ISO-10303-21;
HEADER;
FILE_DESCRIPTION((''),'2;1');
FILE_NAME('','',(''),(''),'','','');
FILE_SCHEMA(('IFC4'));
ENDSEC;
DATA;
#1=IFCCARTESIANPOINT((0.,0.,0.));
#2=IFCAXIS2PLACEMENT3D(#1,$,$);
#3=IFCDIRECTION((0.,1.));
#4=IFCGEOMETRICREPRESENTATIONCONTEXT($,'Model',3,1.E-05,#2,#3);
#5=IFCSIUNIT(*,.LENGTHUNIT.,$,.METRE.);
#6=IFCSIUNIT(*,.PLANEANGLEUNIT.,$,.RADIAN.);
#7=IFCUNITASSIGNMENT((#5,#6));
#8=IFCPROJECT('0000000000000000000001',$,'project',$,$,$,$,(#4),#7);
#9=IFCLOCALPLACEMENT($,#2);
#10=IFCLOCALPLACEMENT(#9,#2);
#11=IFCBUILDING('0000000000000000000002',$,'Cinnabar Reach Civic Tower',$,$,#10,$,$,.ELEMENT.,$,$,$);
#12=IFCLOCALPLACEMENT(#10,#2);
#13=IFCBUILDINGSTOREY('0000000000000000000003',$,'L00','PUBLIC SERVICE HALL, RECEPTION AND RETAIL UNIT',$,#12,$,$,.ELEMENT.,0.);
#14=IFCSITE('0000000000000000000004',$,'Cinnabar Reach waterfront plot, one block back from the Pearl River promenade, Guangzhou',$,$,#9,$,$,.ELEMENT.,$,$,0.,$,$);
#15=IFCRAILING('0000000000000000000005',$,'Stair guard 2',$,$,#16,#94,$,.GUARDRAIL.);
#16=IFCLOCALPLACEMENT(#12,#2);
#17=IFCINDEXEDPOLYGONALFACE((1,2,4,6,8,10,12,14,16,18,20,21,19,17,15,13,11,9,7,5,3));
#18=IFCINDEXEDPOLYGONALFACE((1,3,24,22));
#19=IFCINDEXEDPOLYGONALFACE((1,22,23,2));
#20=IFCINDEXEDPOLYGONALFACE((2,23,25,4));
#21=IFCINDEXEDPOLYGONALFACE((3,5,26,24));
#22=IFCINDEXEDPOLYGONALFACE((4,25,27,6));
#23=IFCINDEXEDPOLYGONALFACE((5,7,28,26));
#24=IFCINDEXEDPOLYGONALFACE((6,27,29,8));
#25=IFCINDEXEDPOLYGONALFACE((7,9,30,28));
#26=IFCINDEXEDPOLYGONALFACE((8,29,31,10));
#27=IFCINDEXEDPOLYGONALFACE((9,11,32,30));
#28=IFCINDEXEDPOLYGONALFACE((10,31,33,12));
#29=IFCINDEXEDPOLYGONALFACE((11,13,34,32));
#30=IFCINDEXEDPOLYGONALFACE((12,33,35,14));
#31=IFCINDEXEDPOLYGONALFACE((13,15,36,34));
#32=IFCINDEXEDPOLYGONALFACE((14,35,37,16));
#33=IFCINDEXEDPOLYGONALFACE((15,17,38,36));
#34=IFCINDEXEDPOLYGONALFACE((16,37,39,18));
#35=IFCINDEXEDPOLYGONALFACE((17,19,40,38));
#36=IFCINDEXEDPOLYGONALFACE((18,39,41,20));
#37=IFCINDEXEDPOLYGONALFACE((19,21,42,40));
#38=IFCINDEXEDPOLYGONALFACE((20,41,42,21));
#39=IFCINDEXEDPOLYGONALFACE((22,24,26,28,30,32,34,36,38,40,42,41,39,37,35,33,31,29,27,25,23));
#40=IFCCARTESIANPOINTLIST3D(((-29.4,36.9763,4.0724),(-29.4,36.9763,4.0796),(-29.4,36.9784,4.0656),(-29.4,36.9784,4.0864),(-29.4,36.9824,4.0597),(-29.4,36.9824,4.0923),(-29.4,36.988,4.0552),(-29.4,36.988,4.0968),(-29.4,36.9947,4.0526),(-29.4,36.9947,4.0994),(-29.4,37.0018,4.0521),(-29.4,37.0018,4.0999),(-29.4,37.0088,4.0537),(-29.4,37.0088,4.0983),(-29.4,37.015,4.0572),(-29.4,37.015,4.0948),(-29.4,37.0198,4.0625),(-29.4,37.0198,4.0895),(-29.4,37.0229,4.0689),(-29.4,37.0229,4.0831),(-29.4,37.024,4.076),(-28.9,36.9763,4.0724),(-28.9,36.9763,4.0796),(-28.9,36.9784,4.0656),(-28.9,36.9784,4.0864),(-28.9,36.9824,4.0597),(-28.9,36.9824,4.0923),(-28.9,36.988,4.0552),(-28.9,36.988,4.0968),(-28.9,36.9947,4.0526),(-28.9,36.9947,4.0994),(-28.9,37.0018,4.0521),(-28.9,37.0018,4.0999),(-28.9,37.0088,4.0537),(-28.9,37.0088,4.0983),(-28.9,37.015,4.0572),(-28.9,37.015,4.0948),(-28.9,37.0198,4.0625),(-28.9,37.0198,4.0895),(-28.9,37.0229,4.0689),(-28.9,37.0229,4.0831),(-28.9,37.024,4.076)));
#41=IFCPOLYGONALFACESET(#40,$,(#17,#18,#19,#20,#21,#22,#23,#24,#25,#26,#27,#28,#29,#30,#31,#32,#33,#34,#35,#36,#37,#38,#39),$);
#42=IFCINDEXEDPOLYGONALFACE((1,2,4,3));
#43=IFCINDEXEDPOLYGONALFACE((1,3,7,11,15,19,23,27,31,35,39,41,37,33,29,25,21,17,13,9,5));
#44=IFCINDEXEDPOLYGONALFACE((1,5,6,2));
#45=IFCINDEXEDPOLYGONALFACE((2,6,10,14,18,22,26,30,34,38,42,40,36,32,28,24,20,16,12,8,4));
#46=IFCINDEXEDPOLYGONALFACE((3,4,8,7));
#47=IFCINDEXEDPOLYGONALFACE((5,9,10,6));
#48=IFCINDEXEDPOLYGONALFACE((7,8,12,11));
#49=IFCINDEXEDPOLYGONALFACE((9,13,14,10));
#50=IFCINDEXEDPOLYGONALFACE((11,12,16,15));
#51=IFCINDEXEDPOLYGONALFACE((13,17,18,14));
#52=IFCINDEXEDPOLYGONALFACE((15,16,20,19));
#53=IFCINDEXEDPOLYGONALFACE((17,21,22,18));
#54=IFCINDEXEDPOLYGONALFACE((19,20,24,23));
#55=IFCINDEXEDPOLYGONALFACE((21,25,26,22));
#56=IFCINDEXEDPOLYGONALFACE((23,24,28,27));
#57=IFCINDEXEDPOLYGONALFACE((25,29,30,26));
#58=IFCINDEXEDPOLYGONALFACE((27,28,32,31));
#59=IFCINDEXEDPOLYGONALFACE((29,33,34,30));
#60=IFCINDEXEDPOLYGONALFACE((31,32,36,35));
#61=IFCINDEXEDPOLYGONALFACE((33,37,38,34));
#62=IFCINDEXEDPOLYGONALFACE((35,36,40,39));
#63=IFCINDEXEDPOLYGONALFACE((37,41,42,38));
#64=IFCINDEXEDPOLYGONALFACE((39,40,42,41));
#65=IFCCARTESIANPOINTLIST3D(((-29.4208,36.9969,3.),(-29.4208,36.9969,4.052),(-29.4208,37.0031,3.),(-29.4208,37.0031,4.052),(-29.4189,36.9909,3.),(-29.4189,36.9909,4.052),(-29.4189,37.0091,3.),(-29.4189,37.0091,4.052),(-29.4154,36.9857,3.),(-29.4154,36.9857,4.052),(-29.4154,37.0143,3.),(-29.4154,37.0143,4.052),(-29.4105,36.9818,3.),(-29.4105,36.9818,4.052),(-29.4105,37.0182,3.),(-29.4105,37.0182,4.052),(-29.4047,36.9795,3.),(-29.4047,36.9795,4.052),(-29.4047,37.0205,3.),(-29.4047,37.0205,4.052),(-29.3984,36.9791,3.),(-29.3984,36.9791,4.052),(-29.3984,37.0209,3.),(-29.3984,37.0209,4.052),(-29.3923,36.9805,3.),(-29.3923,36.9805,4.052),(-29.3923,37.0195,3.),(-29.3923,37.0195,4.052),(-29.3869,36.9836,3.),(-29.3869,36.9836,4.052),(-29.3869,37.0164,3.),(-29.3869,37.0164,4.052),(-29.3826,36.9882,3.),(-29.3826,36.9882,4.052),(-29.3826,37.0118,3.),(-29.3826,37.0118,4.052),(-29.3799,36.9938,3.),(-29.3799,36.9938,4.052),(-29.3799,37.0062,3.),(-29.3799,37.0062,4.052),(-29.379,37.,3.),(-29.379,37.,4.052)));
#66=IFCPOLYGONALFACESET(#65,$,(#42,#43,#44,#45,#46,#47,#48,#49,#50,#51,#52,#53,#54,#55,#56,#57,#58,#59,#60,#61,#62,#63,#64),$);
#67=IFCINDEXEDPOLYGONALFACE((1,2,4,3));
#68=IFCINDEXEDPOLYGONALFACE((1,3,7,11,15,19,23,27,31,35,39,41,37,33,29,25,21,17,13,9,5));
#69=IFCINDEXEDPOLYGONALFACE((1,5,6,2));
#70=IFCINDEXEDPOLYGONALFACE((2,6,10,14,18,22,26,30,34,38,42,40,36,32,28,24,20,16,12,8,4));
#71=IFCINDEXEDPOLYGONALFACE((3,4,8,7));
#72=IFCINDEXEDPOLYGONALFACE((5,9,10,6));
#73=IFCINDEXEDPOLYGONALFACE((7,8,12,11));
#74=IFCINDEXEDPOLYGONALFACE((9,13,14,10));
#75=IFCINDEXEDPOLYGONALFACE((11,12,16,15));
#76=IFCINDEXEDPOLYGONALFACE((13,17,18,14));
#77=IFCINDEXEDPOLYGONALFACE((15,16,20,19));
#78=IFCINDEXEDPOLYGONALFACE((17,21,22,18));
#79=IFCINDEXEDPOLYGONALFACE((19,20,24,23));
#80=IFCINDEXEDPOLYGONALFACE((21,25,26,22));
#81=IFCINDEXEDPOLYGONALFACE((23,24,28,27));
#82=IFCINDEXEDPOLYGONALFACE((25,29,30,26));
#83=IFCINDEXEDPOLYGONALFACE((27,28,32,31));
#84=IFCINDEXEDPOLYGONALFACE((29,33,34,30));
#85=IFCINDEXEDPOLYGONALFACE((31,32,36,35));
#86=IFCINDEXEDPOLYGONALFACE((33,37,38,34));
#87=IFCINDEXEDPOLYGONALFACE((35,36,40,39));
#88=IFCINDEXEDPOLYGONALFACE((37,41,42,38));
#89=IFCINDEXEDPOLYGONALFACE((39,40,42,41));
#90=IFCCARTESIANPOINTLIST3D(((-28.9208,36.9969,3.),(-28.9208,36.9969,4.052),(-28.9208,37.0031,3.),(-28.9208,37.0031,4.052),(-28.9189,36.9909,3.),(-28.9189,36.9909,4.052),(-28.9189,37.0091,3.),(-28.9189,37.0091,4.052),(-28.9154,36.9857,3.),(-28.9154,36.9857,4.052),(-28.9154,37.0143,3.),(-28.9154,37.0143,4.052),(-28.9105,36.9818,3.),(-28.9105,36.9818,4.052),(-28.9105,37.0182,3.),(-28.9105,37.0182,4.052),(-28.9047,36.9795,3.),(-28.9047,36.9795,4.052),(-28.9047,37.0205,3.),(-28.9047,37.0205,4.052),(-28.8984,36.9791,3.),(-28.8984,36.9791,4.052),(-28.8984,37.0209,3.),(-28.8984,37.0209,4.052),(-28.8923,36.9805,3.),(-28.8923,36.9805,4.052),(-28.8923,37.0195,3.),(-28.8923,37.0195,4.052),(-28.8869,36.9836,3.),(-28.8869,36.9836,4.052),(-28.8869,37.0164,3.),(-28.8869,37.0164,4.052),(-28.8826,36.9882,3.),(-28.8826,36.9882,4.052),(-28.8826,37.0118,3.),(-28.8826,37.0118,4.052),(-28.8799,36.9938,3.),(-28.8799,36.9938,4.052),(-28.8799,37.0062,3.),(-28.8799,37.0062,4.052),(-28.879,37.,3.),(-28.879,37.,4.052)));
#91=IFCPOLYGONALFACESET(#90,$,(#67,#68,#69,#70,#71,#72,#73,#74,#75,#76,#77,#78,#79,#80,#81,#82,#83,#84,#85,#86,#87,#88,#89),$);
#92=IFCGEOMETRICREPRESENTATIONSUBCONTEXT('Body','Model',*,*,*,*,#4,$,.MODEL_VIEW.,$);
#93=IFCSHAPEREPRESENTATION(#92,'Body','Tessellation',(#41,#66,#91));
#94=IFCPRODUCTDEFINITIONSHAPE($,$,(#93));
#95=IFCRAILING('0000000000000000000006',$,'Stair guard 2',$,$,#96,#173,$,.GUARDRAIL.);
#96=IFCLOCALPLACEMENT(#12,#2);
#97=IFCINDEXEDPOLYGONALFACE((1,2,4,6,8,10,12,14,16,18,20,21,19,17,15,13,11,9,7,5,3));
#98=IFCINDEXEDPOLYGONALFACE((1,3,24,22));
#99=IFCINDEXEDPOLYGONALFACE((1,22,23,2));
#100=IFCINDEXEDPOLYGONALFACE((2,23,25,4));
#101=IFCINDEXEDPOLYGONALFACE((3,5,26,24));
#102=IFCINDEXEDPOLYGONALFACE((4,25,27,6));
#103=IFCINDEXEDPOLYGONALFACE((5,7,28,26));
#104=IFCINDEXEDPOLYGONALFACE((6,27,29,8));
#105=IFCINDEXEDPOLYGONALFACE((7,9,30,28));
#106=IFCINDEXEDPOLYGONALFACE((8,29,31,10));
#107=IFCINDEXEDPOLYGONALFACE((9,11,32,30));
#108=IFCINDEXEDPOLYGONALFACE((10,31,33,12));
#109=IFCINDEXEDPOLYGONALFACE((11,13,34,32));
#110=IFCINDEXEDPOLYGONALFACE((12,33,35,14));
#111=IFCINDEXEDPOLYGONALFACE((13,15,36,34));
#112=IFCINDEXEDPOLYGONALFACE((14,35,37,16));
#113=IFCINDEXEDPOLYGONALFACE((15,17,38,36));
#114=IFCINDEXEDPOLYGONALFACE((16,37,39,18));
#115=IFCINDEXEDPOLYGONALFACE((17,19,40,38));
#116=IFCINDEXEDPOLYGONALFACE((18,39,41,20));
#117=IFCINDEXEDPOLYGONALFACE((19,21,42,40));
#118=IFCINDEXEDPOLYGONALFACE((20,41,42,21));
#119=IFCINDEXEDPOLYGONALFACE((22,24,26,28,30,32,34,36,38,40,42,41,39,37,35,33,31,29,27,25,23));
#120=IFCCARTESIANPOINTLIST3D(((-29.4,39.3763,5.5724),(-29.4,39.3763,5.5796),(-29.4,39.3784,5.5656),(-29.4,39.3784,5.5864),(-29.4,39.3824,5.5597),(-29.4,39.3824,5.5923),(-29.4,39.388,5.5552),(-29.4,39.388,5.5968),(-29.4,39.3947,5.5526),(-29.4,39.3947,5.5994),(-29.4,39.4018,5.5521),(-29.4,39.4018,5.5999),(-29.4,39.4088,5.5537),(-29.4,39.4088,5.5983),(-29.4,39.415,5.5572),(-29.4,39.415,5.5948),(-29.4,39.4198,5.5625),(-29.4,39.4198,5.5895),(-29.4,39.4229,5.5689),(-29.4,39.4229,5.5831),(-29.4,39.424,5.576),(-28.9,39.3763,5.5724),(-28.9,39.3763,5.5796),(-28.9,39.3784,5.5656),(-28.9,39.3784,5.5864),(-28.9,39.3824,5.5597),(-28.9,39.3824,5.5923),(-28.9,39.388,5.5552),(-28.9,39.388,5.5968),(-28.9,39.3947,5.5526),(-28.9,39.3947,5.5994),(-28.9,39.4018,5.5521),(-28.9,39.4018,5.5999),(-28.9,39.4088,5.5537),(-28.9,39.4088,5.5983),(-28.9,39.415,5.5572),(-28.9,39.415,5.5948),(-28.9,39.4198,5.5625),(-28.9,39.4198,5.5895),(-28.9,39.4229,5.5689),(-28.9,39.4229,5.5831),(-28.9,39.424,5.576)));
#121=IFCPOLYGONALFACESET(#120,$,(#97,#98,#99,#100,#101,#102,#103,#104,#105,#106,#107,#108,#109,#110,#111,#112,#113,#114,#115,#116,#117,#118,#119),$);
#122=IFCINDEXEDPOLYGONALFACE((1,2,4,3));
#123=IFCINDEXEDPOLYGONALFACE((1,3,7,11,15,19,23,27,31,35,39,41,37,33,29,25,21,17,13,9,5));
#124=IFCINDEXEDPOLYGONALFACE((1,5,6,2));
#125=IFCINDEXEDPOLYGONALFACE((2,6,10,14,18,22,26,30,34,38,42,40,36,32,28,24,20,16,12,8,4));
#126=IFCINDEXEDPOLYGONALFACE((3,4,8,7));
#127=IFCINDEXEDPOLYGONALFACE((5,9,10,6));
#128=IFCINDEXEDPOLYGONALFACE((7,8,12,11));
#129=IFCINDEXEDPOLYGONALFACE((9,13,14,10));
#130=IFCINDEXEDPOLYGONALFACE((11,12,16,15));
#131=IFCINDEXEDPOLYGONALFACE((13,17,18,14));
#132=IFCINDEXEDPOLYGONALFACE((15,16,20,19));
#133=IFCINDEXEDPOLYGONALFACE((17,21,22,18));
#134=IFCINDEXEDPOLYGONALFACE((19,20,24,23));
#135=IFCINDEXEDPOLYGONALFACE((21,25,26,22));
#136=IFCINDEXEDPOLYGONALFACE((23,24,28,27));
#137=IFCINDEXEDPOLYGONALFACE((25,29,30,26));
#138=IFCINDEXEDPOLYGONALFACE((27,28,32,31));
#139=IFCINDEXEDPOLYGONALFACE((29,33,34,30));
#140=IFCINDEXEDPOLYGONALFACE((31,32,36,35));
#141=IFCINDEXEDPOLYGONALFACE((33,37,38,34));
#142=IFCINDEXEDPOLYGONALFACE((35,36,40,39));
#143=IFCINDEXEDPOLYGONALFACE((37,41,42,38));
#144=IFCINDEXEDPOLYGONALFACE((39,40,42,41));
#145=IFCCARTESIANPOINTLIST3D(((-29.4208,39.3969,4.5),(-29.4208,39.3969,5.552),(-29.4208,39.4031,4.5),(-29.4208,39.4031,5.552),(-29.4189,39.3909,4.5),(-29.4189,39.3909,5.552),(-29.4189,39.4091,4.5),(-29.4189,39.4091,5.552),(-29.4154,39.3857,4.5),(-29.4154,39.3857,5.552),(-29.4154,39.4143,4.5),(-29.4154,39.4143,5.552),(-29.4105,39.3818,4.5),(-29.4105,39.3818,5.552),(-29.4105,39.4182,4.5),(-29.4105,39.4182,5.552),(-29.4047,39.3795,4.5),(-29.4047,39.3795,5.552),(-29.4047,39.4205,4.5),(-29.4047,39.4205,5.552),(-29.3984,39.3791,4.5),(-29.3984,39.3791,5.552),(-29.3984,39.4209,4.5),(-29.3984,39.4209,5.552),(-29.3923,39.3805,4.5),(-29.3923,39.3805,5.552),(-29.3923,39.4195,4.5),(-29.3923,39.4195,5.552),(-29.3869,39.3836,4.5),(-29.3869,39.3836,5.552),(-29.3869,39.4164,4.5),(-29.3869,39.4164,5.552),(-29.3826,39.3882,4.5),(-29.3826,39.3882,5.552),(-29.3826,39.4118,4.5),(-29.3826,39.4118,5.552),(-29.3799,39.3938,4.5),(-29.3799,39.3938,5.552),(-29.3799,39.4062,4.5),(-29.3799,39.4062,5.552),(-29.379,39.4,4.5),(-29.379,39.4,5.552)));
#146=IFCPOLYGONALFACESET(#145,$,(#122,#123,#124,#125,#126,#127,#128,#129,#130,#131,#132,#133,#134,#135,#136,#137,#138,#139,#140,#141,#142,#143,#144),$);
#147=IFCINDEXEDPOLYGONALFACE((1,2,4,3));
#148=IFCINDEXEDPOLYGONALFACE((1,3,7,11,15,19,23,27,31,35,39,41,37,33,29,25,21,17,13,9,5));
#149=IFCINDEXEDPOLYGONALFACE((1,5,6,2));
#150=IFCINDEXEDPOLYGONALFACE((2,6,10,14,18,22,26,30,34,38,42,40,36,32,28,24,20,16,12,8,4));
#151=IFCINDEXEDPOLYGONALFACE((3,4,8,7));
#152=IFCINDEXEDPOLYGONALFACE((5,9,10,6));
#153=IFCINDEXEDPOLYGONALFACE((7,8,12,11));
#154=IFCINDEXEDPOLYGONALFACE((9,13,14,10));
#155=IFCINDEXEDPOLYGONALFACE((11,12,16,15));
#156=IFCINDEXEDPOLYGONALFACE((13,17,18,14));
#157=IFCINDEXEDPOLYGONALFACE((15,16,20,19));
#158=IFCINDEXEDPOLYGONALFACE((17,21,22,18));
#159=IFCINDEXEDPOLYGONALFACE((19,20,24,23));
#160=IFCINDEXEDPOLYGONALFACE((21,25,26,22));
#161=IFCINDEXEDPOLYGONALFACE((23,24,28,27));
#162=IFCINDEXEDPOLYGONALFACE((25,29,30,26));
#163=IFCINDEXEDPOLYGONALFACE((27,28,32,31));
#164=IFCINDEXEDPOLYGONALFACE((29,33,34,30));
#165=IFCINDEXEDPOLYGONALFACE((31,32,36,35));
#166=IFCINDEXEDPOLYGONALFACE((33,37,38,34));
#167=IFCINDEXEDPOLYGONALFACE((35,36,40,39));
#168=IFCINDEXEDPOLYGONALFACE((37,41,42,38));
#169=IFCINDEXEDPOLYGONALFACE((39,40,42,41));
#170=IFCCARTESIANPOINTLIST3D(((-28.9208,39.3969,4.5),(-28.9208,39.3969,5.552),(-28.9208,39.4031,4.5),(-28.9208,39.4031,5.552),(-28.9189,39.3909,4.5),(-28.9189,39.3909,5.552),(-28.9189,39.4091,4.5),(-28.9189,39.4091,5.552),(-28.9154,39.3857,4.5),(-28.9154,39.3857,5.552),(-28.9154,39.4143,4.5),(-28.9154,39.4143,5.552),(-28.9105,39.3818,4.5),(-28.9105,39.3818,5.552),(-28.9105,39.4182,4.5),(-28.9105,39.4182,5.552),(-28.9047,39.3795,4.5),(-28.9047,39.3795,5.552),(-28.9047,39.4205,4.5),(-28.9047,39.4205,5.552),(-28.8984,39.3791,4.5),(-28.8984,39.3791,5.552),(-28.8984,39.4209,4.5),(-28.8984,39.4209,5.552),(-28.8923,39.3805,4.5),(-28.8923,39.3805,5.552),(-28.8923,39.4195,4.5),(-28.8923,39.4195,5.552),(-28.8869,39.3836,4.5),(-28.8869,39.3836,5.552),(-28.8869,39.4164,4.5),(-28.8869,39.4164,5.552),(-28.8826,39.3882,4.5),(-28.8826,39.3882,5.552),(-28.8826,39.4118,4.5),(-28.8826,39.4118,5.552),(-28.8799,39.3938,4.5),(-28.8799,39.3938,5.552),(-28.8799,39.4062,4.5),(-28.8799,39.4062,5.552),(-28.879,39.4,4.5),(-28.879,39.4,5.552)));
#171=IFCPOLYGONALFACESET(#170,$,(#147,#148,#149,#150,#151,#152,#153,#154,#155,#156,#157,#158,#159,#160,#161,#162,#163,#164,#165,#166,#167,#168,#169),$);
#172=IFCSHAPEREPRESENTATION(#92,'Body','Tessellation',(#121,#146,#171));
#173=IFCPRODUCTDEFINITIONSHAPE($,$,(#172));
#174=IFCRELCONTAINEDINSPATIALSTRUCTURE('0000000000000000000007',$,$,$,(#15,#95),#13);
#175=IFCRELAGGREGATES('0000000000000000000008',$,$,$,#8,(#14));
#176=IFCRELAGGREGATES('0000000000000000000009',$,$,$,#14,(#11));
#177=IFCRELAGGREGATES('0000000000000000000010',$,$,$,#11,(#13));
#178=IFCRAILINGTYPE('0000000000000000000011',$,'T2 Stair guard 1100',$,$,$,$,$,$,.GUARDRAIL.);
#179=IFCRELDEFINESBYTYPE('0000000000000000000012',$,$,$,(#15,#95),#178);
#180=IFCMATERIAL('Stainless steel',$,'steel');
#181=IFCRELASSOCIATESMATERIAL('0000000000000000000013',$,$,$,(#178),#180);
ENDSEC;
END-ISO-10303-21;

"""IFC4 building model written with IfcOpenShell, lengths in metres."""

from ifc_helpers import new_model, si_unit, direction, frame, origin, origin_2d, place, context, subcontext, project, spatial, circle, extrude, material, type_object, element, save


model = new_model("IFC4")

# Units and contexts
model_context = context("Model", 3, precision=1e-05, world=origin(), true_north=direction((0.0, 1.0)))
body_context = subcontext(model_context, "Body", "Model", "MODEL_VIEW")
ifc_project = project(units=[si_unit("LENGTHUNIT", "METRE"), si_unit("PLANEANGLEUNIT", "RADIAN")], contexts=[model_context])

# Site, building, storey
site_placement = place(None, origin())
site = spatial("IfcSite", under=ifc_project, at=site_placement, Name="Cinnabar Reach waterfront plot, one block back from the Pearl River promenade, Guangzhou", CompositionType="ELEMENT", RefElevation=0.0)
building_placement = place(site_placement, origin())
building = spatial("IfcBuilding", under=site, at=building_placement, Name="Cinnabar Reach Civic Tower", CompositionType="ELEMENT")
storey_placement = place(building_placement, origin())
storey = spatial("IfcBuildingStorey", under=building, at=storey_placement, Name="L00", Description="PUBLIC SERVICE HALL, RECEPTION AND RETAIL UNIT", CompositionType="ELEMENT", Elevation=0.0)

# Railings
ifc_material_1 = material(Name="Stainless steel", Category="steel")
railing_type = type_object("IfcRailingType", Name="T2 Stair guard 1100", PredefinedType="GUARDRAIL", material=ifc_material_1)
for number, where, name in (
    (1, (-29.4, 37.0, 3.0), "Stair guard 2"),
    (2, (-29.4, 39.4, 4.5), "Stair guard 2"),
):
    element("IfcRailing", number, at=place(storey_placement, frame(where)), inside=storey, type_object=railing_type, Name=name, PredefinedType="GUARDRAIL", context=body_context, shape_type="SweptSolid", body=[
        extrude(circle(Radius=0.024, at=origin_2d()), frame((0.0, 0.0, 1.076), z_axis=(1.0, 0.0, 0.0), x_axis=(0.0, 1.0, 0.0)), (0.0, 0.0, 1.0), 0.5),
        extrude(circle(Radius=0.021, at=origin_2d()), origin(), (0.0, 0.0, 1.0), 1.052),
        extrude(circle(Radius=0.021, at=origin_2d()), frame((0.5, 0.0, 0.0)), (0.0, 0.0, 1.0), 1.052),
    ])

save(model, "model.ifc")
